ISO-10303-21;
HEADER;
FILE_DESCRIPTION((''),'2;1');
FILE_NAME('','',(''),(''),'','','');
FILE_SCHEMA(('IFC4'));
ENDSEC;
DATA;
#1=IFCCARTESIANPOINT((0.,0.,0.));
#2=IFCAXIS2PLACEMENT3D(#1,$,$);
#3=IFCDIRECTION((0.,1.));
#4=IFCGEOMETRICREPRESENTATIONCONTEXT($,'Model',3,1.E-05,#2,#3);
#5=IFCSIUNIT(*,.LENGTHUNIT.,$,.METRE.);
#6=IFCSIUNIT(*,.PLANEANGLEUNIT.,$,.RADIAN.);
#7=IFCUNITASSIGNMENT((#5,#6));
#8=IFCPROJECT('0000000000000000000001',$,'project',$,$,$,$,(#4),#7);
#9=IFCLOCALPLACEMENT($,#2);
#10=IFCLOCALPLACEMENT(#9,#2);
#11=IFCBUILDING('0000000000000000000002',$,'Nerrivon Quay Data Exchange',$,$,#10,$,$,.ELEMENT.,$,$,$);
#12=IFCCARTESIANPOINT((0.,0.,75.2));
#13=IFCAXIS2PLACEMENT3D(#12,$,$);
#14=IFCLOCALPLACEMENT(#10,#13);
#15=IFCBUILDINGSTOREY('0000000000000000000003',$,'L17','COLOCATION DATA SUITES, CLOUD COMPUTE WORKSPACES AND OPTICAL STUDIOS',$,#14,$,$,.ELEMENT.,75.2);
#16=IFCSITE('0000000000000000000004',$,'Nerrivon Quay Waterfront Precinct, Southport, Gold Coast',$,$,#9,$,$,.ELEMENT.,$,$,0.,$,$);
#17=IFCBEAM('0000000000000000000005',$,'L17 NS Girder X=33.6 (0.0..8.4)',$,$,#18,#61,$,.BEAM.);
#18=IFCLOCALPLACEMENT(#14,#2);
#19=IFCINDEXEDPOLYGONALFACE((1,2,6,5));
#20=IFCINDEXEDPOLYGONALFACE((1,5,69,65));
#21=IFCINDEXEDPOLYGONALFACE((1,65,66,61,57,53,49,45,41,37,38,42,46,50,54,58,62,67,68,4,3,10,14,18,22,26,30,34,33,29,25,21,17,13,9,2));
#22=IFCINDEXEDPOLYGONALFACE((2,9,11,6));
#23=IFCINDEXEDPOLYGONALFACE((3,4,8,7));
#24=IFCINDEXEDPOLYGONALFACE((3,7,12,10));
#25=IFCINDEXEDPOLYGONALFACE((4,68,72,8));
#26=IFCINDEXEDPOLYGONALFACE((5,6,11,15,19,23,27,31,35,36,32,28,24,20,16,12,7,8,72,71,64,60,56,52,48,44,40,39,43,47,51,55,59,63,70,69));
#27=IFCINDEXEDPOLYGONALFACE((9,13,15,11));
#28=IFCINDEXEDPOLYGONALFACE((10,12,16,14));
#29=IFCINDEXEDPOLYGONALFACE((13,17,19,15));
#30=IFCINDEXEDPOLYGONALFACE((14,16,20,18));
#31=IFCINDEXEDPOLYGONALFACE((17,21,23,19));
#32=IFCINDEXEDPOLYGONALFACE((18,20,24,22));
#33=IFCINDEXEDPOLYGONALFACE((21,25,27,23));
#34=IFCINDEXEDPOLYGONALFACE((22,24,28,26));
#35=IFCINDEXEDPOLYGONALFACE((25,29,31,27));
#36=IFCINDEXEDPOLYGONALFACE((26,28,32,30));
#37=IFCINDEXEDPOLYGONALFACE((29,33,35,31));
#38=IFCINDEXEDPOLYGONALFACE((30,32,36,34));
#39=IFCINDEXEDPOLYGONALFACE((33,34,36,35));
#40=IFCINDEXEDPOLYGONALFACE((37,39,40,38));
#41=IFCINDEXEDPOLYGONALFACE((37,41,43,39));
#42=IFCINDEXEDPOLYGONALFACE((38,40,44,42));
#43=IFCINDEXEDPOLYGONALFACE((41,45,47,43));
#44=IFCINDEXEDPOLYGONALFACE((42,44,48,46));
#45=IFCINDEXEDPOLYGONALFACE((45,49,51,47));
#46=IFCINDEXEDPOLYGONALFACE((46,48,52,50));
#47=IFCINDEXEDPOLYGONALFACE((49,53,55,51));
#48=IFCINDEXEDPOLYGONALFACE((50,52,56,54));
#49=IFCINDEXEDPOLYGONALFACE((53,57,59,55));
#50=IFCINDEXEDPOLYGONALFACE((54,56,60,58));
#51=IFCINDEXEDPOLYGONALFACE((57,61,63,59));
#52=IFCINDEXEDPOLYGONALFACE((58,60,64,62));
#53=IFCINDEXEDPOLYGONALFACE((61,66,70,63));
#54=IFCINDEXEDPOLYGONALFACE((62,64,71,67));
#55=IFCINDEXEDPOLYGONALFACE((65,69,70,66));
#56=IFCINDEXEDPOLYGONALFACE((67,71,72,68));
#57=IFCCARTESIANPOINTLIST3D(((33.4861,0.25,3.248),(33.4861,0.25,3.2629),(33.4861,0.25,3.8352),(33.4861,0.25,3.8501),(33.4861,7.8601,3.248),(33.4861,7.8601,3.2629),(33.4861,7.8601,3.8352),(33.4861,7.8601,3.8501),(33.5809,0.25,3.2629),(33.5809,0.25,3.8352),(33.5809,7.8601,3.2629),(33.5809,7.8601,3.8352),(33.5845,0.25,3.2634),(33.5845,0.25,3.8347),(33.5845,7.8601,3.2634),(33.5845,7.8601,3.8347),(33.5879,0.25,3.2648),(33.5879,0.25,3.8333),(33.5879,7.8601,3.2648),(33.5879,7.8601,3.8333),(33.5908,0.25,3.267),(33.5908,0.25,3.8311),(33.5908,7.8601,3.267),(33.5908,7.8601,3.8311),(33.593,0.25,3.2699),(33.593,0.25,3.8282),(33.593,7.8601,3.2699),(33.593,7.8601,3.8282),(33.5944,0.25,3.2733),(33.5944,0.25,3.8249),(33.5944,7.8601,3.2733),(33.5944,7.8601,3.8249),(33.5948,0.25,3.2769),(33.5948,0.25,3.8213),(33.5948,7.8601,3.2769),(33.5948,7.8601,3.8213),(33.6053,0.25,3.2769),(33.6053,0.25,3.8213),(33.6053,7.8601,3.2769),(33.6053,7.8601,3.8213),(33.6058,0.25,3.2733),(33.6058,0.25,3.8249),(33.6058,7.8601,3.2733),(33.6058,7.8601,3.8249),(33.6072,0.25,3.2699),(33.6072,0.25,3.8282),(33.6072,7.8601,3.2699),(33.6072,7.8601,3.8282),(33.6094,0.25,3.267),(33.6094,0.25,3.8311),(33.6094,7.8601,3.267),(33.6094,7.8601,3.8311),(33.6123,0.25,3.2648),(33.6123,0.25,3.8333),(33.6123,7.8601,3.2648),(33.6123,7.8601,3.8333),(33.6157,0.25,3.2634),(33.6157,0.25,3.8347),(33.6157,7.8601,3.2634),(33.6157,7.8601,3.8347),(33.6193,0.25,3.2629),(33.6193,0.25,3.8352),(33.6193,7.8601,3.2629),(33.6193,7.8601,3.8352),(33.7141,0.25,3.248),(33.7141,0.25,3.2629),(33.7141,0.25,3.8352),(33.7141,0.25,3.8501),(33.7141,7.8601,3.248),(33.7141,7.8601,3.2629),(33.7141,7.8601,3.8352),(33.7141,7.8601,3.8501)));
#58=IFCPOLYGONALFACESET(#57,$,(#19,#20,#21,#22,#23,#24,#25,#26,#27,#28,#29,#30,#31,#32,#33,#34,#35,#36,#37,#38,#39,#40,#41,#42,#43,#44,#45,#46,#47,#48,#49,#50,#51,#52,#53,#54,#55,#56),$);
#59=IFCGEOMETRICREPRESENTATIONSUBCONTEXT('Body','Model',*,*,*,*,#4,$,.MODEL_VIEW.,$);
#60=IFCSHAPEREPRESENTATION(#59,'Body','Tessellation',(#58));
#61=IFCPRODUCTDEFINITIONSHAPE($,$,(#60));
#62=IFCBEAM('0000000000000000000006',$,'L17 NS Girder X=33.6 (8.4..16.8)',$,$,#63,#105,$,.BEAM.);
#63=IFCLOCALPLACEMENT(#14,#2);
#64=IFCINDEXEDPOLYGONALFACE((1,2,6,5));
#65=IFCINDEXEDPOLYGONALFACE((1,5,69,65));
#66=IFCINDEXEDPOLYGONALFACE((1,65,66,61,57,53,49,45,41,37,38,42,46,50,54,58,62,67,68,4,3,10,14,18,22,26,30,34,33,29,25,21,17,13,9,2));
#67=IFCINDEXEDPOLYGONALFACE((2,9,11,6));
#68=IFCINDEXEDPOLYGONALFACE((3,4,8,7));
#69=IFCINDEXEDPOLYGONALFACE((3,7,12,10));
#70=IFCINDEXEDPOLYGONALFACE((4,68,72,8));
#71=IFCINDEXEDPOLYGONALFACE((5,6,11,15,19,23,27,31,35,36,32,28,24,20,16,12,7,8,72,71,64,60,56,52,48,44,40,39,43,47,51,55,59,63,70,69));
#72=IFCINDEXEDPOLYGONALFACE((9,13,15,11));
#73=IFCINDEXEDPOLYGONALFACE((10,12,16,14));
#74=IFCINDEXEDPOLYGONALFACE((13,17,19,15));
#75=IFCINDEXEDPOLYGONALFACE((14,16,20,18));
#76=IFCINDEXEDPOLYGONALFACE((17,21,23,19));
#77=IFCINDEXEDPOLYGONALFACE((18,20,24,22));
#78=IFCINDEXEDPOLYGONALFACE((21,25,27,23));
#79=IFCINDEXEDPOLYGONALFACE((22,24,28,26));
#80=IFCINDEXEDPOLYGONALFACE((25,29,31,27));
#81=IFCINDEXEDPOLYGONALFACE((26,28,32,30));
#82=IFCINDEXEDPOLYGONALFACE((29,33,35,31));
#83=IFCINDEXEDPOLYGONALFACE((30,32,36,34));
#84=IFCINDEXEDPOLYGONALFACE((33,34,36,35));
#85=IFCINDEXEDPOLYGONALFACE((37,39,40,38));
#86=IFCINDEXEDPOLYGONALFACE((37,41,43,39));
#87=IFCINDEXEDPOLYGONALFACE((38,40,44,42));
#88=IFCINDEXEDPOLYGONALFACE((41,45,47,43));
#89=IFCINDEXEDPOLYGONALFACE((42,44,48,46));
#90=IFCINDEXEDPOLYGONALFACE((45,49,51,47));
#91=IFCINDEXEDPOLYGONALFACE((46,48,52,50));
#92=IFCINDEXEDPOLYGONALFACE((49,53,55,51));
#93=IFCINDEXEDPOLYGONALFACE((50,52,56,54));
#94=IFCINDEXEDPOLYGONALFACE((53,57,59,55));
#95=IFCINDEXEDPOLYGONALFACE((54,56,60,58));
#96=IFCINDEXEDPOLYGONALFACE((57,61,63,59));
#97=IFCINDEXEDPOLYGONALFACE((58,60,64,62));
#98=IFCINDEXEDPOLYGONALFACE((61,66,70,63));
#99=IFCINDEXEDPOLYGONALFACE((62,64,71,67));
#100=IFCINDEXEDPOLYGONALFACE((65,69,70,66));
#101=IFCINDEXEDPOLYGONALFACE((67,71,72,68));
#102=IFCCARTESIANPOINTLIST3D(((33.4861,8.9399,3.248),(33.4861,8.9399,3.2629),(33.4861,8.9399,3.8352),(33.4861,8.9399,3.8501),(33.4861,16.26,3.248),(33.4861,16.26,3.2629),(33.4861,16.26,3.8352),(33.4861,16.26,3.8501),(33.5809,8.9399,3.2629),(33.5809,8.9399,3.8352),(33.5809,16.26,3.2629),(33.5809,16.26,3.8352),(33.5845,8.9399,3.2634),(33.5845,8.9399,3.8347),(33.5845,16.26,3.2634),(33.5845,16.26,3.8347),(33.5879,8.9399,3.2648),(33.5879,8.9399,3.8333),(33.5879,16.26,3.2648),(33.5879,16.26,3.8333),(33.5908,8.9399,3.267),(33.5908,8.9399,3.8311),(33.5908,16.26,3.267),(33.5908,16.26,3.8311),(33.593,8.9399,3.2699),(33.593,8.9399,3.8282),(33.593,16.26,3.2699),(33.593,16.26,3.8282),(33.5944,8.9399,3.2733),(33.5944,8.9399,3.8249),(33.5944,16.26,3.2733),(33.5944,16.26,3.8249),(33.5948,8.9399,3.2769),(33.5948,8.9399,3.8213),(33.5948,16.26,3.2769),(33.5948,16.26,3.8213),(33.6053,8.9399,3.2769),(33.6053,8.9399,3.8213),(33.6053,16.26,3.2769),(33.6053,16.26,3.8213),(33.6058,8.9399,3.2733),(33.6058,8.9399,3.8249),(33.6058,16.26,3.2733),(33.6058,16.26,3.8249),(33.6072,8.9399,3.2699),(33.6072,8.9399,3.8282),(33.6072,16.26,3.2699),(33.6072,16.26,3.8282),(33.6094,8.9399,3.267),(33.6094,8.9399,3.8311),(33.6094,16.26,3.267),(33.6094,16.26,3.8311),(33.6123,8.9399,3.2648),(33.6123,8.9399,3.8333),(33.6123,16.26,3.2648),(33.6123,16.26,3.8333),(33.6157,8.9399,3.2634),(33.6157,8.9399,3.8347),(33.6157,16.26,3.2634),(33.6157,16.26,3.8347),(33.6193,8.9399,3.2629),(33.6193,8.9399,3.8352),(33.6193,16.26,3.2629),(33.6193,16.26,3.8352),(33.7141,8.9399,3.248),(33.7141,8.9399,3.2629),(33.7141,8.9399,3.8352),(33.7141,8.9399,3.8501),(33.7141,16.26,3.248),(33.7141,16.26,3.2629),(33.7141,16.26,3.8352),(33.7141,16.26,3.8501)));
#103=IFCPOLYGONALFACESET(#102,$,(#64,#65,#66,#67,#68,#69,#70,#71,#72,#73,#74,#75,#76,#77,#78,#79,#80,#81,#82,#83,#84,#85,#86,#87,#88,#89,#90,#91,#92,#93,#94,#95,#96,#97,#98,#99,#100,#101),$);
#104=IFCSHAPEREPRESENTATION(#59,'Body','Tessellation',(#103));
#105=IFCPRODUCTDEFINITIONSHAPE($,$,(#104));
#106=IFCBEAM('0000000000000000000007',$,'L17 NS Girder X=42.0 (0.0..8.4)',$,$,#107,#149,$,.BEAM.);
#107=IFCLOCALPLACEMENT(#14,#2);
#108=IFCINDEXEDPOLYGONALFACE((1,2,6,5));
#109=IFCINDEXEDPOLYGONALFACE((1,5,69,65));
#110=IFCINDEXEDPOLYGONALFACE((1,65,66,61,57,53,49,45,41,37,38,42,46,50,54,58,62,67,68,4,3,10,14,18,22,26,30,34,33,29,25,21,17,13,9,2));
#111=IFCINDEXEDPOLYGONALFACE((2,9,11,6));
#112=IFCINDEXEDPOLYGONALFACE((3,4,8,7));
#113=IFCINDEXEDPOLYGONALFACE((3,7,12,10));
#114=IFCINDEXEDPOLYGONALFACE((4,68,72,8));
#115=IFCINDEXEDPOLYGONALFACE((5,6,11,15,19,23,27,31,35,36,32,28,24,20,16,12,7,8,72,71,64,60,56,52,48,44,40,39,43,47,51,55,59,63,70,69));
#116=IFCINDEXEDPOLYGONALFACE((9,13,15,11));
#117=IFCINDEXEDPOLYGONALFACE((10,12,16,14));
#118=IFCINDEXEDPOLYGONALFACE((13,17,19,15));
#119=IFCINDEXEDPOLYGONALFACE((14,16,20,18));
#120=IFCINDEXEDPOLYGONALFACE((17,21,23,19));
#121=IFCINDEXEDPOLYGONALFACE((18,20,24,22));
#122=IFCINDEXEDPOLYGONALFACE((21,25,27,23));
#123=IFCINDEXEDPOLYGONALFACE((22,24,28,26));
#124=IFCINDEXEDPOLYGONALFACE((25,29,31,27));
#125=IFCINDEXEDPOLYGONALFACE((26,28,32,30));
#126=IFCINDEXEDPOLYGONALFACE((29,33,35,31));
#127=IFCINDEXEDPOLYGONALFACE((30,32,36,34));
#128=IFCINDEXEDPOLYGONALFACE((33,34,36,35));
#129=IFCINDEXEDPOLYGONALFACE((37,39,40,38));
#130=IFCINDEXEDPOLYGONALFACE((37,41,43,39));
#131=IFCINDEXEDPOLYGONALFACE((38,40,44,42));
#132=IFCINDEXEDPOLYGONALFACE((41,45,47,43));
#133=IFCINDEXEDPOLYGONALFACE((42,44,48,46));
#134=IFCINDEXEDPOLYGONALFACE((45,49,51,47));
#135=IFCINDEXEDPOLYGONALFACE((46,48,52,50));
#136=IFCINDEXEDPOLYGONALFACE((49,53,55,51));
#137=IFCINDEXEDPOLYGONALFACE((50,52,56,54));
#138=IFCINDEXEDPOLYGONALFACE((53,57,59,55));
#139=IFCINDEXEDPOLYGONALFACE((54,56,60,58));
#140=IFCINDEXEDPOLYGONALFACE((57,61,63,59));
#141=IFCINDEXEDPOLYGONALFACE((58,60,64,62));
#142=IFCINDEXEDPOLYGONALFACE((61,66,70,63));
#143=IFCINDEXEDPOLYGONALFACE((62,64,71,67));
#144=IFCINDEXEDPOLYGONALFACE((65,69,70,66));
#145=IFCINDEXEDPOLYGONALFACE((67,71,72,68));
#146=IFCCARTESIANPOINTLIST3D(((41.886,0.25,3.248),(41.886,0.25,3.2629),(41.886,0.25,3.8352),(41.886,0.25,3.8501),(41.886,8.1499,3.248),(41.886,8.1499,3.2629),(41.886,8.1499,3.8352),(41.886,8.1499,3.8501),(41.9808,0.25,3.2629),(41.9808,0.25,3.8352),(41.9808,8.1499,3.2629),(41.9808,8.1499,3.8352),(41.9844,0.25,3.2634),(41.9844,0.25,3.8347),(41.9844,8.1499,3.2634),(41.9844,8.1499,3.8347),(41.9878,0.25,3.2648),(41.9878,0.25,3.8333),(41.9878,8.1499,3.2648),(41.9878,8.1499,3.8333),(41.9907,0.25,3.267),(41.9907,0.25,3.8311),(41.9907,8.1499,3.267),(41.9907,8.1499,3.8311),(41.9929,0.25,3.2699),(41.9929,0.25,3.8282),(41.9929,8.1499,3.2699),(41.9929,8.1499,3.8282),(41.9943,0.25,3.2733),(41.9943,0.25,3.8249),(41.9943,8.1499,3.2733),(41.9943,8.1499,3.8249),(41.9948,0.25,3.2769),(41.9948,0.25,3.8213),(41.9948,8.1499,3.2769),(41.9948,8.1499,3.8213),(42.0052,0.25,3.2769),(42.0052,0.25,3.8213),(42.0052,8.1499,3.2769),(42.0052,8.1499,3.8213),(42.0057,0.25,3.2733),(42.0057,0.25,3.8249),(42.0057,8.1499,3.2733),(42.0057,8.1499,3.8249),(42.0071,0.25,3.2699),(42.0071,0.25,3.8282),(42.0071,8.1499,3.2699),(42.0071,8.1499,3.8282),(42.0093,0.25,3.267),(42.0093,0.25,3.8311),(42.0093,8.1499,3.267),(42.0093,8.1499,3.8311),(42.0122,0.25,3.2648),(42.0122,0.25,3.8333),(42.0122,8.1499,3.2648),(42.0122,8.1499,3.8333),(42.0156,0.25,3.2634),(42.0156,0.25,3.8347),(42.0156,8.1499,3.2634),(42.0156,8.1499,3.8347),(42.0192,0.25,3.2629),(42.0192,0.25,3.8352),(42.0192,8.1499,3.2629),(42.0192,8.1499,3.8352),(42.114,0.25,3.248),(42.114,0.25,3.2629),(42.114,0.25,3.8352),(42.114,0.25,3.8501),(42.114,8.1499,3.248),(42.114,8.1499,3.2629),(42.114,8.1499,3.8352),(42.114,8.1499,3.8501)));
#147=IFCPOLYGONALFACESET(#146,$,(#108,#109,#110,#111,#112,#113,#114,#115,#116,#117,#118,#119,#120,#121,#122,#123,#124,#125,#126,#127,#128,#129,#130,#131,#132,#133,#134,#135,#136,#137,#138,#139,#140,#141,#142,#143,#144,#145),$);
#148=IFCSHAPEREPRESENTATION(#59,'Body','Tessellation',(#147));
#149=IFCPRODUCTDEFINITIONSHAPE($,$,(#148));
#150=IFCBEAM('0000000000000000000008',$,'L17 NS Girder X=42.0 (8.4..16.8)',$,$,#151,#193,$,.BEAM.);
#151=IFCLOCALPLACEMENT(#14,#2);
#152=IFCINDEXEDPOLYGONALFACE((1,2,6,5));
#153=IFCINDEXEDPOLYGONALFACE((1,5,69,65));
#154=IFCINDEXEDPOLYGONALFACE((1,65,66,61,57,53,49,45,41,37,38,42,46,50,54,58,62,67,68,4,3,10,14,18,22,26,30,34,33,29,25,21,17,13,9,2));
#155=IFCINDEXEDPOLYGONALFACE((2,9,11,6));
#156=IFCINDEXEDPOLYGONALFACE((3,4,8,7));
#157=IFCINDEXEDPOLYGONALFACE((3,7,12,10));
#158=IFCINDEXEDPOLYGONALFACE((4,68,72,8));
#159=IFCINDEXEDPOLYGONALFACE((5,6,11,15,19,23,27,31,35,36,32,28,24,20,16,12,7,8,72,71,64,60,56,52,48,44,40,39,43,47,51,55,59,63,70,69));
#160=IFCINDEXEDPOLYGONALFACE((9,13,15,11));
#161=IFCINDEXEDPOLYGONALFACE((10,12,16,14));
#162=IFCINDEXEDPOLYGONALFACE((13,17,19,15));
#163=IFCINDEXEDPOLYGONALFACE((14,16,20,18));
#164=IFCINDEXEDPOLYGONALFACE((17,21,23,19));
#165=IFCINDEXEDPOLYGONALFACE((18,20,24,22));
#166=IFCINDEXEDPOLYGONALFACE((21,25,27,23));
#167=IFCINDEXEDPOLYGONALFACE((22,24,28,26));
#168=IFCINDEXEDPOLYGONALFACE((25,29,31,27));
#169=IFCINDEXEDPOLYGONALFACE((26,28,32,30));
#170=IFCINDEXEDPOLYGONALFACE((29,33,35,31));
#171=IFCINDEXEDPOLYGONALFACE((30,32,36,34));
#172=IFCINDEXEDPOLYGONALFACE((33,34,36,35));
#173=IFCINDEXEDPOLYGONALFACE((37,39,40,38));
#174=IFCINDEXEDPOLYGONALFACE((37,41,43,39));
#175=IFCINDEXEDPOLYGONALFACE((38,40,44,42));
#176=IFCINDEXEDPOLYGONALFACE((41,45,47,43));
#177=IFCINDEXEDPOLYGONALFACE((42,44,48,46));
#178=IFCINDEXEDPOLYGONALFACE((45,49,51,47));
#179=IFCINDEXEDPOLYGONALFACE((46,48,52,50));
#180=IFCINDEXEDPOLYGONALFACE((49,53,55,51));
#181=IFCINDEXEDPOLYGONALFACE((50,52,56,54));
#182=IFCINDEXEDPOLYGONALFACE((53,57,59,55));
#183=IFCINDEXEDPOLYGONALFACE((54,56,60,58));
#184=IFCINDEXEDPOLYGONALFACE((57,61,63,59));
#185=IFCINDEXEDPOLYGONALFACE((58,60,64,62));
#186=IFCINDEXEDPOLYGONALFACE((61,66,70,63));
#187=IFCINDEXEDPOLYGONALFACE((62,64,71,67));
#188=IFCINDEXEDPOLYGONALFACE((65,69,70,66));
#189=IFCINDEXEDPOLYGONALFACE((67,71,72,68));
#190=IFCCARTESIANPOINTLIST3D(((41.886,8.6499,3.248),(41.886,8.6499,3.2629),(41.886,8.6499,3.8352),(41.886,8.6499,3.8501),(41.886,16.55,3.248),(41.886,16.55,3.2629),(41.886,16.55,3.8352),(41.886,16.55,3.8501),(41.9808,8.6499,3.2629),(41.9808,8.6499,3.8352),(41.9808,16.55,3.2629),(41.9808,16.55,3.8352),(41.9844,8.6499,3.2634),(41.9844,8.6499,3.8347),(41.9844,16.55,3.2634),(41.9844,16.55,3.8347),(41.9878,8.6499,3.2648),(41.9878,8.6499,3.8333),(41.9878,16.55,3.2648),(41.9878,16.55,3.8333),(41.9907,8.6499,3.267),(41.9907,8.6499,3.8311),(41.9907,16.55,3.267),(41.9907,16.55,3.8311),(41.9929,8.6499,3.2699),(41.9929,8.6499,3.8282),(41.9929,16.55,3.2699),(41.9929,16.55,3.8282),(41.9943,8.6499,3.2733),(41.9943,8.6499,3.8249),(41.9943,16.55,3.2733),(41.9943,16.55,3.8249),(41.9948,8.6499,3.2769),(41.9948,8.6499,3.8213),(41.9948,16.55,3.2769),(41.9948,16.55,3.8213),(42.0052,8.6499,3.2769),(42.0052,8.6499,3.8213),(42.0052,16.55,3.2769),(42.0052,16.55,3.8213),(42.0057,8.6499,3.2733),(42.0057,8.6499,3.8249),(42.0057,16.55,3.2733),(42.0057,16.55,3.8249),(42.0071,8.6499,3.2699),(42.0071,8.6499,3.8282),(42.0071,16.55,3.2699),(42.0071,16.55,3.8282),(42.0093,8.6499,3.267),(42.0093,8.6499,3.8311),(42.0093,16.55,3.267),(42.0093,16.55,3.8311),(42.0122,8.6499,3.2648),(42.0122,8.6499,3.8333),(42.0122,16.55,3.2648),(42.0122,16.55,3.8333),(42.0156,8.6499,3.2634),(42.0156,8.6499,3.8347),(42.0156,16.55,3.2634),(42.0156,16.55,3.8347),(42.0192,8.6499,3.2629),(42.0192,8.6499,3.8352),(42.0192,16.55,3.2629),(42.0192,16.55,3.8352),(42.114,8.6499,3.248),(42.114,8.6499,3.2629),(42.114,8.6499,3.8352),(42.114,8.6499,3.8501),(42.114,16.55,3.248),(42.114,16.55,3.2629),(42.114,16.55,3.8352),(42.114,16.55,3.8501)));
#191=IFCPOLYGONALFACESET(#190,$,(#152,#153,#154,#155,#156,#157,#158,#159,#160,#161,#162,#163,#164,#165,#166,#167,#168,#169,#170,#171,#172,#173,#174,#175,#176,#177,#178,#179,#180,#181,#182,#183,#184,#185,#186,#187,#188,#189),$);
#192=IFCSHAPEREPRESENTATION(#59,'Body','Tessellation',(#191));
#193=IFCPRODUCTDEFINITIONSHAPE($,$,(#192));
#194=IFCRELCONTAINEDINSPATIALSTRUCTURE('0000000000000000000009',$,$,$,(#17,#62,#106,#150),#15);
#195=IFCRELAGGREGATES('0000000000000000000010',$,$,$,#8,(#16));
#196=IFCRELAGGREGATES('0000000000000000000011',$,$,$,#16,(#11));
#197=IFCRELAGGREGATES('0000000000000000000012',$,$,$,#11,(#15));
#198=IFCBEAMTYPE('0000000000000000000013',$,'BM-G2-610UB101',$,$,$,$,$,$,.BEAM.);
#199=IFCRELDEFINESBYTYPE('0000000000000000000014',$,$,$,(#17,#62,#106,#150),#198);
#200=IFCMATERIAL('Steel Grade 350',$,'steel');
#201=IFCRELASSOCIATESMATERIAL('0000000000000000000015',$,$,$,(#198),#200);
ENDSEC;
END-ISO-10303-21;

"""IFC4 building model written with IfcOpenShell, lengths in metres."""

from ifc_helpers import new_model, si_unit, direction, frame, origin, origin_2d, place, context, subcontext, project, spatial, i_section, extrude, material, material_profile, profile_set, type_object, element, save


model = new_model("IFC4")

# Units and contexts
model_context = context("Model", 3, precision=1e-05, world=origin(), true_north=direction((0.0, 1.0)))
body_context = subcontext(model_context, "Body", "Model", "MODEL_VIEW")
ifc_project = project(units=[si_unit("LENGTHUNIT", "METRE"), si_unit("PLANEANGLEUNIT", "RADIAN")], contexts=[model_context])

# Site, building, storey
site_placement = place(None, origin())
site = spatial("IfcSite", under=ifc_project, at=site_placement, Name="Nerrivon Quay Waterfront Precinct, Southport, Gold Coast", CompositionType="ELEMENT", RefElevation=0.0)
building_placement = place(site_placement, origin())
building = spatial("IfcBuilding", under=site, at=building_placement, Name="Nerrivon Quay Data Exchange", CompositionType="ELEMENT")
storey_placement = place(building_placement, frame((0.0, 0.0, 75.2)))
storey = spatial("IfcBuildingStorey", under=building, at=storey_placement, Name="L17", Description="COLOCATION DATA SUITES, CLOUD COMPUTE WORKSPACES AND OPTICAL STUDIOS", CompositionType="ELEMENT", Elevation=75.2)

# Shared definitions
ifc_material_1 = material(Name="Steel Grade 350", Category="steel")

# Beams
ifc_material_profile_1 = material_profile(ifc_material_1, i_section(OverallWidth=0.228, OverallDepth=0.6021, WebThickness=0.0105, FlangeThickness=0.0149, FilletRadius=0.0139, at=origin_2d()), Name="610UB101")
ifc_profile_set_1 = profile_set([ifc_material_profile_1], Name="Steel Grade 350")
beam_type_1 = type_object("IfcBeamType", Name="BM-G2-610UB101", PredefinedType="BEAM", material=ifc_profile_set_1)
beam_1_placement = place(storey_placement, frame((33.6001, 0.25, 3.5491), z_axis=(0.0, 1.0, 0.0), x_axis=(-1.0, 0.0, 0.0)))
element("IfcBeam", 1, at=beam_1_placement, inside=storey, type_object=beam_type_1, Name="L17 NS Girder X=33.6 (0.0..8.4)", PredefinedType="BEAM", context=body_context, shape_type="SweptSolid", body=[
    extrude(i_section(OverallWidth=0.228, OverallDepth=0.6021, WebThickness=0.0105, FlangeThickness=0.0149, FilletRadius=0.0139, at=origin_2d()), origin(), (0.0, 0.0, 1.0), 7.6101),
])
beam_2_placement = place(storey_placement, frame((33.6001, 8.9399, 3.5491), z_axis=(0.0, 1.0, 0.0), x_axis=(-1.0, 0.0, 0.0)))
element("IfcBeam", 2, at=beam_2_placement, inside=storey, type_object=beam_type_1, Name="L17 NS Girder X=33.6 (8.4..16.8)", PredefinedType="BEAM", context=body_context, shape_type="SweptSolid", body=[
    extrude(i_section(OverallWidth=0.228, OverallDepth=0.6021, WebThickness=0.0105, FlangeThickness=0.0149, FilletRadius=0.0139, at=origin_2d()), origin(), (0.0, 0.0, 1.0), 7.3201),
])
beam_3_placement = place(storey_placement, frame((42.0, 0.25, 3.5491), z_axis=(0.0, 1.0, 0.0), x_axis=(-1.0, 0.0, 0.0)))
element("IfcBeam", 3, at=beam_3_placement, inside=storey, type_object=beam_type_1, Name="L17 NS Girder X=42.0 (0.0..8.4)", PredefinedType="BEAM", context=body_context, shape_type="SweptSolid", body=[
    extrude(i_section(OverallWidth=0.228, OverallDepth=0.6021, WebThickness=0.0105, FlangeThickness=0.0149, FilletRadius=0.0139, at=origin_2d()), origin(), (0.0, 0.0, 1.0), 7.8999),
])
beam_4_placement = place(storey_placement, frame((42.0, 8.6499, 3.5491), z_axis=(0.0, 1.0, 0.0), x_axis=(-1.0, 0.0, 0.0)))
element("IfcBeam", 4, at=beam_4_placement, inside=storey, type_object=beam_type_1, Name="L17 NS Girder X=42.0 (8.4..16.8)", PredefinedType="BEAM", context=body_context, shape_type="SweptSolid", body=[
    extrude(i_section(OverallWidth=0.228, OverallDepth=0.6021, WebThickness=0.0105, FlangeThickness=0.0149, FilletRadius=0.0139, at=origin_2d()), origin(), (0.0, 0.0, 1.0), 7.9001),
])

save(model, "model.ifc")
